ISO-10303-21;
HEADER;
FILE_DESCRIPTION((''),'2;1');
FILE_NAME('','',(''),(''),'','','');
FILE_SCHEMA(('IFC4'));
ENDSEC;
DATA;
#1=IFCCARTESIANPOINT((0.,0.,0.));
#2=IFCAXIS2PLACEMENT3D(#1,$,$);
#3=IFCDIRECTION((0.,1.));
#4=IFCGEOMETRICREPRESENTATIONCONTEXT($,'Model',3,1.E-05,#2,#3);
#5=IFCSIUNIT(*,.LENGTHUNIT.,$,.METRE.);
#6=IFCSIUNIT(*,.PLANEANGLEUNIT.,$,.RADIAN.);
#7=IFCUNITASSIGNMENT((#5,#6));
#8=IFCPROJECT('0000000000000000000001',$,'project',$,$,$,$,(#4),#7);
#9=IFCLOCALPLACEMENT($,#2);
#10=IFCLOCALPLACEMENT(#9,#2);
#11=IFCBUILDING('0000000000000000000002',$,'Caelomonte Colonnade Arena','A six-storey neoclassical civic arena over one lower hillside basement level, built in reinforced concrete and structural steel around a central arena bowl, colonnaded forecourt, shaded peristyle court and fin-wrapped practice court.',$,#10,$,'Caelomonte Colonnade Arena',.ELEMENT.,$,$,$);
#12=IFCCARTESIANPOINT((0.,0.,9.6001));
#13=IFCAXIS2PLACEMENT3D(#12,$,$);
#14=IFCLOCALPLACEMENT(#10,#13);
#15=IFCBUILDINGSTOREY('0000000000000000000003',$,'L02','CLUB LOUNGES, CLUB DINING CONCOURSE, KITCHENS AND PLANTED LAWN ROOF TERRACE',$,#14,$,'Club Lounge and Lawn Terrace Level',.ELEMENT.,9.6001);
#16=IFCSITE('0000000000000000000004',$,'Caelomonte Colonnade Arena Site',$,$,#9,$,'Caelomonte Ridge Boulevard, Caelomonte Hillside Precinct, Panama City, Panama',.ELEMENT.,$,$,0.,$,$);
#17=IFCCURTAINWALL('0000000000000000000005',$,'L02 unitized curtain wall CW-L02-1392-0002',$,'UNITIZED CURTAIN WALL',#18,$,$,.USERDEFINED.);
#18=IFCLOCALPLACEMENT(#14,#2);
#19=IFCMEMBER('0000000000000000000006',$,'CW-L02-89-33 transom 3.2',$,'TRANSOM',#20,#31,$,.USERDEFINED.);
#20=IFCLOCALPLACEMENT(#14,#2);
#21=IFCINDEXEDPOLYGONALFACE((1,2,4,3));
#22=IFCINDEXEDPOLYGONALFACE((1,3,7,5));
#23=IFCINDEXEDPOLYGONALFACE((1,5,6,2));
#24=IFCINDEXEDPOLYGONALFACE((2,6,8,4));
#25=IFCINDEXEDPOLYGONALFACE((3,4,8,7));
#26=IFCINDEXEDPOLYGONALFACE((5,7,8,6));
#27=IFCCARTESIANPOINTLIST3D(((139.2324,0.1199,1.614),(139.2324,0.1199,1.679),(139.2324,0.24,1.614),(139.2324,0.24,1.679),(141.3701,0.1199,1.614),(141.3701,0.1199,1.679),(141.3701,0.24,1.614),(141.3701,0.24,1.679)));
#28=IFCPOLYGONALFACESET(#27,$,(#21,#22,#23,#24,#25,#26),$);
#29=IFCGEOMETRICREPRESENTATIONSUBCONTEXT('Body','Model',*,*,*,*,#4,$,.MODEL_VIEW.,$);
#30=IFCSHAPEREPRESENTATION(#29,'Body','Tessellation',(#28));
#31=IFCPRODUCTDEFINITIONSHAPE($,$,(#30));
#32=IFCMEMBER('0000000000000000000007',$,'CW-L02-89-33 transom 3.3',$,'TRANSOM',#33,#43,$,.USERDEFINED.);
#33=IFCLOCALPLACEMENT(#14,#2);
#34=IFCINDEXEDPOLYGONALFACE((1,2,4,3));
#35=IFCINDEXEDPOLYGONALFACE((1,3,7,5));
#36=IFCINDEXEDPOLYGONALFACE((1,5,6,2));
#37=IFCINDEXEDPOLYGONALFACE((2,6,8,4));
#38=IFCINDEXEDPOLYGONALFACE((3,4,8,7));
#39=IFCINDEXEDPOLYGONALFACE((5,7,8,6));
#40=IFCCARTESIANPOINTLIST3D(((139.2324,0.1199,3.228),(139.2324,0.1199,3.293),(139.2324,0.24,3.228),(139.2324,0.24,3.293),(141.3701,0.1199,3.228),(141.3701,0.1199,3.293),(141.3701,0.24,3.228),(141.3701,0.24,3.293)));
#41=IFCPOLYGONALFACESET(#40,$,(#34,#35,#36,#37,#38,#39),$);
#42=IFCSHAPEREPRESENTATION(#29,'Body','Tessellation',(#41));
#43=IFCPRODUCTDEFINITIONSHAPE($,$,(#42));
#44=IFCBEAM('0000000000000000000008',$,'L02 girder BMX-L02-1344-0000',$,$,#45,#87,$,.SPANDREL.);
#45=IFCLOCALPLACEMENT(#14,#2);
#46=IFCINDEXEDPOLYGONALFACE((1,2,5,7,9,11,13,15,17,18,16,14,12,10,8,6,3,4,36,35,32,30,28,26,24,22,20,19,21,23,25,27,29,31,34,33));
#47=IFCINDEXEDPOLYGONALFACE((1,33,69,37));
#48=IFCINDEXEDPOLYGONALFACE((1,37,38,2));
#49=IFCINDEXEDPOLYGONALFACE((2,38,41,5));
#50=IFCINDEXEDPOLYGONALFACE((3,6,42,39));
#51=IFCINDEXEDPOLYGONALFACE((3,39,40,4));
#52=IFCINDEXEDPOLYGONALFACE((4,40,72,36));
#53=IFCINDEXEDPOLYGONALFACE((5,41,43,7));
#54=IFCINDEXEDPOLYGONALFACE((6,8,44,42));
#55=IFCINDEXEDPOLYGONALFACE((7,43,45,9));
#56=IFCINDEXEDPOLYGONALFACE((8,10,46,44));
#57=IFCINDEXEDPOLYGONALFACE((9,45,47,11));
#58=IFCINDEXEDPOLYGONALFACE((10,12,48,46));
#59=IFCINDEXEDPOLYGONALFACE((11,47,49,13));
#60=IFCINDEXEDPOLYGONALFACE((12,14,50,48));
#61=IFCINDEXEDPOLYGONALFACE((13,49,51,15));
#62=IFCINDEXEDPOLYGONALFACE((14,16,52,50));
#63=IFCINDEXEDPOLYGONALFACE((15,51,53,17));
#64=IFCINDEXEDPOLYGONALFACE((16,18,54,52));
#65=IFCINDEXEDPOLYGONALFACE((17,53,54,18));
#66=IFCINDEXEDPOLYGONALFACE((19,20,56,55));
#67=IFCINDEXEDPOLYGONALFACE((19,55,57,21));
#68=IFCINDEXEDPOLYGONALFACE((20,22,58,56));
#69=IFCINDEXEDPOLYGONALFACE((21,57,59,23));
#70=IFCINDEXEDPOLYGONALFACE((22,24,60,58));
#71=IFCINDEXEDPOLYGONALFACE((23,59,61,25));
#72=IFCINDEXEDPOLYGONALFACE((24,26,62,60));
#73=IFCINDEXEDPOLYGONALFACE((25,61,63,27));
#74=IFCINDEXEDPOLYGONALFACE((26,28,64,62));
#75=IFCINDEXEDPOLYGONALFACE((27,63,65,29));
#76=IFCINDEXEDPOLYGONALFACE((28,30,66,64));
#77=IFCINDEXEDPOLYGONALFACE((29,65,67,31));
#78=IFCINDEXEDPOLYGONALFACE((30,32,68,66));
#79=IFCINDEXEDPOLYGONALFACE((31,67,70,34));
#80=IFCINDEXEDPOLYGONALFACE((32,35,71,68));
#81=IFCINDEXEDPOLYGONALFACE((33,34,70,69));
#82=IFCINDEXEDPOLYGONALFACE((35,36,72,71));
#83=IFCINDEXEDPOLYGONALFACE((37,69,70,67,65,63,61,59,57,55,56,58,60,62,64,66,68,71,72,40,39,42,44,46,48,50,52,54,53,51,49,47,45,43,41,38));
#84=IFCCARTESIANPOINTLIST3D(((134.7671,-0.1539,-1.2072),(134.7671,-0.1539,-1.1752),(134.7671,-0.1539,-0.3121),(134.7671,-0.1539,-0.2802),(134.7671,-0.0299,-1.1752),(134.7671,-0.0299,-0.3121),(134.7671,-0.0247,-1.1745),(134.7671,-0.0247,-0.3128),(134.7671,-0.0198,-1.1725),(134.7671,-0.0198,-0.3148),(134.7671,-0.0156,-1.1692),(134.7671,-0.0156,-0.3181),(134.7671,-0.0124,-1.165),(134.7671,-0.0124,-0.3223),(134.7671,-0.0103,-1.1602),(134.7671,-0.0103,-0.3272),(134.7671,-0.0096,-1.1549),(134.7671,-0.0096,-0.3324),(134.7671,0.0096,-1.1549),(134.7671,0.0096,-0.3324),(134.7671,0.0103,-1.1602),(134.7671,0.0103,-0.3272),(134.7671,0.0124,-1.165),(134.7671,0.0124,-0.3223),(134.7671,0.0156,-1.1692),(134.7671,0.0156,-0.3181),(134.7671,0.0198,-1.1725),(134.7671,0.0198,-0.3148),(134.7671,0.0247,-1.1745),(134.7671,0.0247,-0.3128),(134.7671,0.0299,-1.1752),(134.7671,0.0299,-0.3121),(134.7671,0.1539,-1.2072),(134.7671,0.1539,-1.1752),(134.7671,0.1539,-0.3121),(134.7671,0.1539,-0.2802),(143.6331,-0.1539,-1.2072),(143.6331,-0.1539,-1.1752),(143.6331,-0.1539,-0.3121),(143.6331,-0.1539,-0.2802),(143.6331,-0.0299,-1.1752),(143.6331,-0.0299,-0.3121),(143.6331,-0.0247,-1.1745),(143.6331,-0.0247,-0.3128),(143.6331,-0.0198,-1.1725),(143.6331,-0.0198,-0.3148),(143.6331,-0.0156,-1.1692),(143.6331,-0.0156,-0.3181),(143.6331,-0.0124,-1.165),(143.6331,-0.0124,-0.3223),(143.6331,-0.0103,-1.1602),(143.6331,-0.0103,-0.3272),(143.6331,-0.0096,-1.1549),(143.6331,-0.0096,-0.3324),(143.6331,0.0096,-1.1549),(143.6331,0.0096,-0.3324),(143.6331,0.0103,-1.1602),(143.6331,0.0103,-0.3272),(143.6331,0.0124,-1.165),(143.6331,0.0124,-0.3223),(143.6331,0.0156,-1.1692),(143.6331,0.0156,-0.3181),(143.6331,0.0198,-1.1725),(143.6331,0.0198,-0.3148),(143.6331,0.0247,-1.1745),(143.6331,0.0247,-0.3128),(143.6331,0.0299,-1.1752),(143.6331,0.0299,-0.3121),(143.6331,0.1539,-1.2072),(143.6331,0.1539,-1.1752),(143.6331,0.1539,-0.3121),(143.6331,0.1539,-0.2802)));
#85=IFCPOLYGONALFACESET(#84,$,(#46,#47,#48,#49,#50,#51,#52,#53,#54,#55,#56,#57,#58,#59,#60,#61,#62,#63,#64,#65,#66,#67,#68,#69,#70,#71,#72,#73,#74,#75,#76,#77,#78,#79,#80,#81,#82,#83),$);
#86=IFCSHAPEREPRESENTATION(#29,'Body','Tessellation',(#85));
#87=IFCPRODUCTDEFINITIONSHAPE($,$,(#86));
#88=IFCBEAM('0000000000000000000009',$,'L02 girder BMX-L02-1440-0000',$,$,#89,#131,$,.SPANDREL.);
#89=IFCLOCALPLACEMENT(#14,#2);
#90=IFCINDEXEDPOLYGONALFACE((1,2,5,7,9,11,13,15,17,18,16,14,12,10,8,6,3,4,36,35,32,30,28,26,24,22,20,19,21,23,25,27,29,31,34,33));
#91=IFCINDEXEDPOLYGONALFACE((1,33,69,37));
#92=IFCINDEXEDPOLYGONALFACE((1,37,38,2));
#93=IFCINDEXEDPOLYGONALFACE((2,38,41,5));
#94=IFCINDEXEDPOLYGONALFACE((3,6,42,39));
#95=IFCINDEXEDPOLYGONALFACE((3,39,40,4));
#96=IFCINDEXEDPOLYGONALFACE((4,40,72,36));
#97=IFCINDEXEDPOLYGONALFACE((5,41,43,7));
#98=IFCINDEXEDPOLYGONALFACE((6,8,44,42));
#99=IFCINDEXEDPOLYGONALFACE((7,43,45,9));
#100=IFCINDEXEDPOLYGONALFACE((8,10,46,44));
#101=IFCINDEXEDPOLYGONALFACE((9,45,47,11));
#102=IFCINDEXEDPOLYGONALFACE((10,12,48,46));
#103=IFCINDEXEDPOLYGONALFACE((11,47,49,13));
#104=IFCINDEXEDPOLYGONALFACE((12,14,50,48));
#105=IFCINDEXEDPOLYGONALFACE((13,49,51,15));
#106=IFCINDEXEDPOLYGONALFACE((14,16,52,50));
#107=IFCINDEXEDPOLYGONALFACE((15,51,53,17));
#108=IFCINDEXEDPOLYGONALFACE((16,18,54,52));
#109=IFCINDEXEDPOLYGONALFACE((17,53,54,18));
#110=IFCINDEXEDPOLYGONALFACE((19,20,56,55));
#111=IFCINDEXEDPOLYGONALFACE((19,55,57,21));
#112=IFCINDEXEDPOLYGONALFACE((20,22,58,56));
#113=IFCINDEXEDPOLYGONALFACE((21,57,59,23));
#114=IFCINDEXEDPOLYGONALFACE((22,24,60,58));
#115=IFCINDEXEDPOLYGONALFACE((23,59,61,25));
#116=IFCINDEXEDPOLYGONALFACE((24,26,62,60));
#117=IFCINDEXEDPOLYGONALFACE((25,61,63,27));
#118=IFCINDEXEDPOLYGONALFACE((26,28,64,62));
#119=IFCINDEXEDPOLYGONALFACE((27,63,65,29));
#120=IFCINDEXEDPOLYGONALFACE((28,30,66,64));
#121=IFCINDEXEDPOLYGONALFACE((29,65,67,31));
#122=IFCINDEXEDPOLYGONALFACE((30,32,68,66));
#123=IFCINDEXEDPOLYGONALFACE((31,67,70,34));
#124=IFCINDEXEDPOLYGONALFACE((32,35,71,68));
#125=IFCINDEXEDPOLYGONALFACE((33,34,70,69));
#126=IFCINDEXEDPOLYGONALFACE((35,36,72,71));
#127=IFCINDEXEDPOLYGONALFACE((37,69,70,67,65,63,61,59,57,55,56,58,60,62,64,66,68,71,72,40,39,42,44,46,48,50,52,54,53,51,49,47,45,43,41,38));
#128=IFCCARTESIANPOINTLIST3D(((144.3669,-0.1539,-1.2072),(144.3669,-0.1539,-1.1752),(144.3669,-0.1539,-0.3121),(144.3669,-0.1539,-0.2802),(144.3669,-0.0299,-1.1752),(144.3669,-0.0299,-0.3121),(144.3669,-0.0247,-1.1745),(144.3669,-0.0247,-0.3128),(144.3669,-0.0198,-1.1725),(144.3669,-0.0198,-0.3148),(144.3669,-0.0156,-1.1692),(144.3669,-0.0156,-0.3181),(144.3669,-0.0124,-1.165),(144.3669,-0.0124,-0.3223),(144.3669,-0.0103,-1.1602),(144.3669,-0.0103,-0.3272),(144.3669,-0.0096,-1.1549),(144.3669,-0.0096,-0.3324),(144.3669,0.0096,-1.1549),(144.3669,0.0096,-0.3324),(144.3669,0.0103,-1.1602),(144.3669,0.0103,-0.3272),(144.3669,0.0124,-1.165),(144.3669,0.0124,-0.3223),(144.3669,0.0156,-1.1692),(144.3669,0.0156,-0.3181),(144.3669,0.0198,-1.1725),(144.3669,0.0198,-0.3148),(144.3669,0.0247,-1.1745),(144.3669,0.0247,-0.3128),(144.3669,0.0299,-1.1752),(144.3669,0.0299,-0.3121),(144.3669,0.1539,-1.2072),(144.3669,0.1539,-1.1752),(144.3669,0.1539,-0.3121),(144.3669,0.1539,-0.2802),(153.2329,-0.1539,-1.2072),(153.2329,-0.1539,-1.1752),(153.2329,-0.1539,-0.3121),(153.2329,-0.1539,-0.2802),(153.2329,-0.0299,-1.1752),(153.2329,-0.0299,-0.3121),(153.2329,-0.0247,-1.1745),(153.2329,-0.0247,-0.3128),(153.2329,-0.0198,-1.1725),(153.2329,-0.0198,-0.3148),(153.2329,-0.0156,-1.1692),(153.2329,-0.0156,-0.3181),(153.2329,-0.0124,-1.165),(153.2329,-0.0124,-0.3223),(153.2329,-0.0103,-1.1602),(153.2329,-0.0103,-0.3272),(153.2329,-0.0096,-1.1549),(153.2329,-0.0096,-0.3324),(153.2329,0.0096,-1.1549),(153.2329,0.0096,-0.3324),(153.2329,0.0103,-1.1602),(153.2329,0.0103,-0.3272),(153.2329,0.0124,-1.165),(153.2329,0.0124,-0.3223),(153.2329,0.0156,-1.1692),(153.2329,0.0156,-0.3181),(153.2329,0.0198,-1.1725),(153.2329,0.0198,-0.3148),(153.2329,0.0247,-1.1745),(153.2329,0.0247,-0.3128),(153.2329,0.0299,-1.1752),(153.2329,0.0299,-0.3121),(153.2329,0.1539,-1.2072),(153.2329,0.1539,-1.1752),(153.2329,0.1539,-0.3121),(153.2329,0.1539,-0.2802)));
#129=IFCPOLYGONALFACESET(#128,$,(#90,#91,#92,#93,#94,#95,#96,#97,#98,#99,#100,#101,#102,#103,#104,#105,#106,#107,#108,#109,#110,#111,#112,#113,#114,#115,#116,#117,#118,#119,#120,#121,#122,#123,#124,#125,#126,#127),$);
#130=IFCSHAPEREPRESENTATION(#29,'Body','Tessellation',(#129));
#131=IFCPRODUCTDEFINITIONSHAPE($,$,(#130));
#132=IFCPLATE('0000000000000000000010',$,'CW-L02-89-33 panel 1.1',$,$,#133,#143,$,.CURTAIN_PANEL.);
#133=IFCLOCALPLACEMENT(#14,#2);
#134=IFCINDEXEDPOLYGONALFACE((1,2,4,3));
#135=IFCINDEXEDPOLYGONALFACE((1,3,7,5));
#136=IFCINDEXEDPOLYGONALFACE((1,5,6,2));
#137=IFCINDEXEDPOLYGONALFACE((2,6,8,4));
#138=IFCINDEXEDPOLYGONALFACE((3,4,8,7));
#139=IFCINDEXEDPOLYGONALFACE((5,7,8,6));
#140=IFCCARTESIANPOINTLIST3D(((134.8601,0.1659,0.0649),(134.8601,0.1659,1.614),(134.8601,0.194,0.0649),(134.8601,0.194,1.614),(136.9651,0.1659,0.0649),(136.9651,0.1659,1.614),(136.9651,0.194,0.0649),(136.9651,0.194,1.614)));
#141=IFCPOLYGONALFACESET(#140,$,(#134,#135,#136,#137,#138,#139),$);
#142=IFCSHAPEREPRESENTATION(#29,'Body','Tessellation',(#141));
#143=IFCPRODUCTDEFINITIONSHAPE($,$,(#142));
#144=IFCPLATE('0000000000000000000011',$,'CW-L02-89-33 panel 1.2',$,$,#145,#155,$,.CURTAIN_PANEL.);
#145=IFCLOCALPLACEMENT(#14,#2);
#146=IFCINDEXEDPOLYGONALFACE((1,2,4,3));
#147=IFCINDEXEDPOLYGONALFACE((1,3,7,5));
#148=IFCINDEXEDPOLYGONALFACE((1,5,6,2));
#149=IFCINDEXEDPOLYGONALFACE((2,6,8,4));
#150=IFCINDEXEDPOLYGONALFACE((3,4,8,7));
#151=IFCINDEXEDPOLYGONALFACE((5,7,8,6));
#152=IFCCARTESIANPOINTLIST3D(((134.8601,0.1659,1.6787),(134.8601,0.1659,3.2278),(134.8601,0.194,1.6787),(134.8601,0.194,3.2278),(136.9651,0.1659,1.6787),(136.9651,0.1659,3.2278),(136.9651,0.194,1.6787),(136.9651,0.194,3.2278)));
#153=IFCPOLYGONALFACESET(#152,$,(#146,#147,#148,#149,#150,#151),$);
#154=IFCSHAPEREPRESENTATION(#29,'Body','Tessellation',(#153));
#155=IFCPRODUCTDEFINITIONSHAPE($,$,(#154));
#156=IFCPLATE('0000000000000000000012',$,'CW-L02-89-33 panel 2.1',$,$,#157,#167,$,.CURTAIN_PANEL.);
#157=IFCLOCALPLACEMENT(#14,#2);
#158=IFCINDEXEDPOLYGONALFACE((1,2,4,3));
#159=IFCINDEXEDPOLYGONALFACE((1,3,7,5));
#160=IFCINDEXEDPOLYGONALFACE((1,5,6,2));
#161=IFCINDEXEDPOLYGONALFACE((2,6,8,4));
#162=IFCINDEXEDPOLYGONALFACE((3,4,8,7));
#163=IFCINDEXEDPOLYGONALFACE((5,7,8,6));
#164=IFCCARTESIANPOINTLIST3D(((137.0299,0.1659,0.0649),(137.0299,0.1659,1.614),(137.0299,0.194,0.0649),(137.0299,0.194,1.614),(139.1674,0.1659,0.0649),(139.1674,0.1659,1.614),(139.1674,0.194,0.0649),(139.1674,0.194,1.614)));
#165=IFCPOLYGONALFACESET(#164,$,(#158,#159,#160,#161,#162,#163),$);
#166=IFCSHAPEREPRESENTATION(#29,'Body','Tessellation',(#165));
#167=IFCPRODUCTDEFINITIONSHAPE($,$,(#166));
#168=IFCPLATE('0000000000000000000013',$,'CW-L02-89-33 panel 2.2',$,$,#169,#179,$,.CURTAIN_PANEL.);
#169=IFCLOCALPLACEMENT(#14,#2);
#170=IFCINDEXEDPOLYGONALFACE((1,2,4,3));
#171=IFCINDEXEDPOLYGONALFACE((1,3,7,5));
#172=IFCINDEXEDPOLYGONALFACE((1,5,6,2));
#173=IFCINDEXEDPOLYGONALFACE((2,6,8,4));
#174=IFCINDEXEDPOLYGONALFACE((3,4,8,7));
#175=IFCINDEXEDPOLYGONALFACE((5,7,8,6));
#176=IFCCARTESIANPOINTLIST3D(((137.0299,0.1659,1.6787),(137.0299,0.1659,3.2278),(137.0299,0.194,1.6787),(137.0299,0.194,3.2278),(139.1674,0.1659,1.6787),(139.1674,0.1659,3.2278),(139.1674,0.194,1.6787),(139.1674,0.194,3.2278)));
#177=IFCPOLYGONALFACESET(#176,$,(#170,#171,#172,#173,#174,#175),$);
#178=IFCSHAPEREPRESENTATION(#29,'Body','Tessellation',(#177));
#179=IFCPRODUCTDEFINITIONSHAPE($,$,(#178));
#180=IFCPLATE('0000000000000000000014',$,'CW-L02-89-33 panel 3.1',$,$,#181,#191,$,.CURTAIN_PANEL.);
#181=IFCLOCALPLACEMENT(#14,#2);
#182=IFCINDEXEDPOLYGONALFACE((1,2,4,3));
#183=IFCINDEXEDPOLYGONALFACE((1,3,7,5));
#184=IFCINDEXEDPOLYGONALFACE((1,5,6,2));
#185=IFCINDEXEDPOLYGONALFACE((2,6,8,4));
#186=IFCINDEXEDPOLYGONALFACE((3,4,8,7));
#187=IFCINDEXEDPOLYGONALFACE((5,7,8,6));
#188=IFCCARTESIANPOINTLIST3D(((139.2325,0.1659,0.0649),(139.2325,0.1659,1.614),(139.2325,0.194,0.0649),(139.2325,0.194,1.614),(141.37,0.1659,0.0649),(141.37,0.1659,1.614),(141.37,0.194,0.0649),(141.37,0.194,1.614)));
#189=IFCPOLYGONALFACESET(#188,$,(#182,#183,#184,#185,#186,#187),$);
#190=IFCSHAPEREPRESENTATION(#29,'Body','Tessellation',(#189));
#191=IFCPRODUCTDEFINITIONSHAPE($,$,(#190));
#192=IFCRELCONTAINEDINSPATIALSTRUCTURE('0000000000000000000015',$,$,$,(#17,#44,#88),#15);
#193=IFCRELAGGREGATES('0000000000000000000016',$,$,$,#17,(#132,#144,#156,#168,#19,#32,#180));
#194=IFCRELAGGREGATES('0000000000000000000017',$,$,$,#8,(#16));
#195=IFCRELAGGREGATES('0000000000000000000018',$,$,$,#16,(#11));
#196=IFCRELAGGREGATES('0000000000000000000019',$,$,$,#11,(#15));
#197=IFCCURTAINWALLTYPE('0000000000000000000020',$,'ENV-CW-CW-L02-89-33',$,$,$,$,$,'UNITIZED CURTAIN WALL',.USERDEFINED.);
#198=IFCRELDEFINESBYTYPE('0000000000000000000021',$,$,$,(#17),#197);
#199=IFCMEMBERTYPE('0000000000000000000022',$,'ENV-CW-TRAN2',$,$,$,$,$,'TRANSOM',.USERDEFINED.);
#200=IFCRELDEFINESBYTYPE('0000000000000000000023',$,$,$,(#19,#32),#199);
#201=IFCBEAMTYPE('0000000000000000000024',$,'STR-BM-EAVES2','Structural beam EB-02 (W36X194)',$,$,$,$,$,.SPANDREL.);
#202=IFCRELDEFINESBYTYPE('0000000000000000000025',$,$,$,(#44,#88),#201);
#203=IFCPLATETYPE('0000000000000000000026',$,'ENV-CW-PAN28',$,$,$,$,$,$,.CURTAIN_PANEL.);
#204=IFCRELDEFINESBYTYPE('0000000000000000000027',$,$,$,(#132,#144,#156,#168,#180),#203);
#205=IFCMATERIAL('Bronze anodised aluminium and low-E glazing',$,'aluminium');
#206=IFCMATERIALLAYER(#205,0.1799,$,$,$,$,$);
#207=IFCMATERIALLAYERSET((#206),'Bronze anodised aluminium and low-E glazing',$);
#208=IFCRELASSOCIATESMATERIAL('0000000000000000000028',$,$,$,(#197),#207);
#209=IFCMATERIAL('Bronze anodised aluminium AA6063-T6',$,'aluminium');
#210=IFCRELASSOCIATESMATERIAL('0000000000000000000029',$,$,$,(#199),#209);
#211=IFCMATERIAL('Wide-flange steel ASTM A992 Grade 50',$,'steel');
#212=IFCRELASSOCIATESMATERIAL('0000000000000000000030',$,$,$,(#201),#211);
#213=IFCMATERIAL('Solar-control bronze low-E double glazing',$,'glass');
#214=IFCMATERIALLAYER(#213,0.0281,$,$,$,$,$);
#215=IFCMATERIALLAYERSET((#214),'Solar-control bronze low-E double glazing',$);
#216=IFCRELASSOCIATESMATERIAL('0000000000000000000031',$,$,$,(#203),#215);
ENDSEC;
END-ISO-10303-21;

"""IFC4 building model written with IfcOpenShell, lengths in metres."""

from ifc_helpers import new_model, si_unit, direction, frame, origin, origin_2d, place, context, subcontext, project, spatial, rectangle, i_section, extrude, material, layer, layer_set, material_profile, profile_set, type_object, element, aggregate, save


model = new_model("IFC4")

# Units and contexts
model_context = context("Model", 3, precision=1e-05, world=origin(), true_north=direction((0.0, 1.0)))
body_context = subcontext(model_context, "Body", "Model", "MODEL_VIEW")
ifc_project = project(units=[si_unit("LENGTHUNIT", "METRE"), si_unit("PLANEANGLEUNIT", "RADIAN")], contexts=[model_context])

# Site, building, storey
site_placement = place(None, origin())
site = spatial("IfcSite", under=ifc_project, at=site_placement, Name="Caelomonte Colonnade Arena Site", LongName="Caelomonte Ridge Boulevard, Caelomonte Hillside Precinct, Panama City, Panama", CompositionType="ELEMENT", RefElevation=0.0)
building_placement = place(site_placement, origin())
building = spatial("IfcBuilding", under=site, at=building_placement, Name="Caelomonte Colonnade Arena", Description="A six-storey neoclassical civic arena over one lower hillside basement level, built in reinforced concrete and structural steel around a central arena bowl, colonnaded forecourt, shaded peristyle court and fin-wrapped practice court.", LongName="Caelomonte Colonnade Arena", CompositionType="ELEMENT")
storey_placement = place(building_placement, frame((0.0, 0.0, 9.6001)))
storey = spatial("IfcBuildingStorey", under=building, at=storey_placement, Name="L02", Description="CLUB LOUNGES, CLUB DINING CONCOURSE, KITCHENS AND PLANTED LAWN ROOF TERRACE", LongName="Club Lounge and Lawn Terrace Level", CompositionType="ELEMENT", Elevation=9.6001)

# Curtain wall, members
ifc_material_1 = material(Name="Bronze anodised aluminium and low-E glazing", Category="aluminium")
ifc_layer_1 = layer(ifc_material_1, 0.1799)
ifc_layer_set_1 = layer_set([ifc_layer_1], Name="Bronze anodised aluminium and low-E glazing")
curtain_wall_type = type_object("IfcCurtainWallType", Name="ENV-CW-CW-L02-89-33", ElementType="UNITIZED CURTAIN WALL", PredefinedType="USERDEFINED", material=ifc_layer_set_1)
curtain_wall_placement = place(storey_placement, origin())
curtain_wall = element("IfcCurtainWall", 1, at=curtain_wall_placement, inside=storey, type_object=curtain_wall_type, Name="L02 unitized curtain wall CW-L02-1392-0002", ObjectType="UNITIZED CURTAIN WALL", PredefinedType="USERDEFINED")
ifc_material_2 = material(Name="Bronze anodised aluminium AA6063-T6", Category="aluminium")
ifc_material_profile_1 = material_profile(ifc_material_2, rectangle(XDim=0.0649, YDim=0.1201, at=origin_2d()), Name="CWT-65X120")
ifc_profile_set_1 = profile_set([ifc_material_profile_1], Name="Bronze anodised aluminium AA6063-T6")
member_type_1 = type_object("IfcMemberType", Name="ENV-CW-TRAN2", ElementType="TRANSOM", PredefinedType="USERDEFINED", material=ifc_profile_set_1)
member_1_placement = place(storey_placement, frame((139.2324, 0.1799, 1.6465), z_axis=(1.0, 0.0, 0.0), x_axis=(0.0, 0.0, 1.0)))
member_1 = element("IfcMember", 2, at=member_1_placement, type_object=member_type_1, Name="CW-L02-89-33 transom 3.2", ObjectType="TRANSOM", PredefinedType="USERDEFINED", context=body_context, shape_type="SweptSolid", body=[
    extrude(rectangle(XDim=0.0649, YDim=0.1201, at=origin_2d()), origin(), (0.0, 0.0, 1.0), 2.1377),
])
member_2_placement = place(storey_placement, frame((139.2324, 0.1799, 3.2605), z_axis=(1.0, 0.0, 0.0), x_axis=(0.0, 0.0, 1.0)))
member_2 = element("IfcMember", 3, at=member_2_placement, type_object=member_type_1, Name="CW-L02-89-33 transom 3.3", ObjectType="TRANSOM", PredefinedType="USERDEFINED", context=body_context, shape_type="SweptSolid", body=[
    extrude(rectangle(XDim=0.0649, YDim=0.1201, at=origin_2d()), origin(), (0.0, 0.0, 1.0), 2.1377),
])

# Beams
ifc_material_3 = material(Name="Wide-flange steel ASTM A992 Grade 50", Category="steel")
ifc_material_profile_2 = material_profile(ifc_material_3, i_section(OverallWidth=0.3079, OverallDepth=0.927, WebThickness=0.0193, FlangeThickness=0.032, FilletRadius=0.0203, at=origin_2d()), Name="W36X194")
ifc_profile_set_2 = profile_set([ifc_material_profile_2], Name="Wide-flange steel ASTM A992 Grade 50")
beam_type = type_object("IfcBeamType", Name="STR-BM-EAVES2", Description="Structural beam EB-02 (W36X194)", PredefinedType="SPANDREL", material=ifc_profile_set_2)
for number, where, z_axis, x_axis, name in (
    (4, (134.7671, 0.0, -0.7437), (1.0, 0.0, 0.0), (0.0, 1.0, 0.0), "L02 girder BMX-L02-1344-0000"),
    (5, (144.3669, 0.0, -0.7437), (1.0, 0.0, 0.0), (0.0, 1.0, 0.0), "L02 girder BMX-L02-1440-0000"),
):
    element("IfcBeam", number, at=place(storey_placement, frame(where, z_axis=z_axis, x_axis=x_axis)), inside=storey, type_object=beam_type, Name=name, PredefinedType="SPANDREL", context=body_context, shape_type="SweptSolid", body=[
        extrude(i_section(OverallWidth=0.3079, OverallDepth=0.927, WebThickness=0.0193, FlangeThickness=0.032, FilletRadius=0.0203, at=origin_2d()), origin(), (0.0, 0.0, 1.0), 8.866),
    ])

# Plates
ifc_material_4 = material(Name="Solar-control bronze low-E double glazing", Category="glass")
ifc_layer_2 = layer(ifc_material_4, 0.0281)
ifc_layer_set_2 = layer_set([ifc_layer_2], Name="Solar-control bronze low-E double glazing")
plate_type = type_object("IfcPlateType", Name="ENV-CW-PAN28", PredefinedType="CURTAIN_PANEL", material=ifc_layer_set_2)
plate_1_placement = place(storey_placement, frame((135.9126, 0.1799, 0.0649), z_axis=(0.0, 0.0, 1.0), x_axis=(1.0, 0.0, 0.0)))
plate_1 = element("IfcPlate", 6, at=plate_1_placement, type_object=plate_type, Name="CW-L02-89-33 panel 1.1", PredefinedType="CURTAIN_PANEL", context=body_context, shape_type="SweptSolid", body=[
    extrude(rectangle(XDim=2.105, YDim=0.0281, at=origin_2d()), origin(), (0.0, 0.0, 1.0), 1.5491),
])
plate_2_placement = place(storey_placement, frame((135.9126, 0.1799, 1.6787), z_axis=(0.0, 0.0, 1.0), x_axis=(1.0, 0.0, 0.0)))
plate_2 = element("IfcPlate", 7, at=plate_2_placement, type_object=plate_type, Name="CW-L02-89-33 panel 1.2", PredefinedType="CURTAIN_PANEL", context=body_context, shape_type="SweptSolid", body=[
    extrude(rectangle(XDim=2.105, YDim=0.0281, at=origin_2d()), origin(), (0.0, 0.0, 1.0), 1.5491),
])
plate_3_placement = place(storey_placement, frame((138.0986, 0.1799, 0.0649), z_axis=(0.0, 0.0, 1.0), x_axis=(1.0, 0.0, 0.0)))
plate_3 = element("IfcPlate", 8, at=plate_3_placement, type_object=plate_type, Name="CW-L02-89-33 panel 2.1", PredefinedType="CURTAIN_PANEL", context=body_context, shape_type="SweptSolid", body=[
    extrude(rectangle(XDim=2.1375, YDim=0.0281, at=origin_2d()), origin(), (0.0, 0.0, 1.0), 1.5491),
])
plate_4_placement = place(storey_placement, frame((138.0986, 0.1799, 1.6787), z_axis=(0.0, 0.0, 1.0), x_axis=(1.0, 0.0, 0.0)))
plate_4 = element("IfcPlate", 9, at=plate_4_placement, type_object=plate_type, Name="CW-L02-89-33 panel 2.2", PredefinedType="CURTAIN_PANEL", context=body_context, shape_type="SweptSolid", body=[
    extrude(rectangle(XDim=2.1375, YDim=0.0281, at=origin_2d()), origin(), (0.0, 0.0, 1.0), 1.5491),
])
plate_5_placement = place(storey_placement, frame((140.3013, 0.1799, 0.0649), z_axis=(0.0, 0.0, 1.0), x_axis=(1.0, 0.0, 0.0)))
plate_5 = element("IfcPlate", 10, at=plate_5_placement, type_object=plate_type, Name="CW-L02-89-33 panel 3.1", PredefinedType="CURTAIN_PANEL", context=body_context, shape_type="SweptSolid", body=[
    extrude(rectangle(XDim=2.1375, YDim=0.0281, at=origin_2d()), origin(), (0.0, 0.0, 1.0), 1.5491),
])
aggregate(curtain_wall, [plate_1, plate_2, plate_3, plate_4, member_1, member_2, plate_5])

save(model, "model.ifc")
